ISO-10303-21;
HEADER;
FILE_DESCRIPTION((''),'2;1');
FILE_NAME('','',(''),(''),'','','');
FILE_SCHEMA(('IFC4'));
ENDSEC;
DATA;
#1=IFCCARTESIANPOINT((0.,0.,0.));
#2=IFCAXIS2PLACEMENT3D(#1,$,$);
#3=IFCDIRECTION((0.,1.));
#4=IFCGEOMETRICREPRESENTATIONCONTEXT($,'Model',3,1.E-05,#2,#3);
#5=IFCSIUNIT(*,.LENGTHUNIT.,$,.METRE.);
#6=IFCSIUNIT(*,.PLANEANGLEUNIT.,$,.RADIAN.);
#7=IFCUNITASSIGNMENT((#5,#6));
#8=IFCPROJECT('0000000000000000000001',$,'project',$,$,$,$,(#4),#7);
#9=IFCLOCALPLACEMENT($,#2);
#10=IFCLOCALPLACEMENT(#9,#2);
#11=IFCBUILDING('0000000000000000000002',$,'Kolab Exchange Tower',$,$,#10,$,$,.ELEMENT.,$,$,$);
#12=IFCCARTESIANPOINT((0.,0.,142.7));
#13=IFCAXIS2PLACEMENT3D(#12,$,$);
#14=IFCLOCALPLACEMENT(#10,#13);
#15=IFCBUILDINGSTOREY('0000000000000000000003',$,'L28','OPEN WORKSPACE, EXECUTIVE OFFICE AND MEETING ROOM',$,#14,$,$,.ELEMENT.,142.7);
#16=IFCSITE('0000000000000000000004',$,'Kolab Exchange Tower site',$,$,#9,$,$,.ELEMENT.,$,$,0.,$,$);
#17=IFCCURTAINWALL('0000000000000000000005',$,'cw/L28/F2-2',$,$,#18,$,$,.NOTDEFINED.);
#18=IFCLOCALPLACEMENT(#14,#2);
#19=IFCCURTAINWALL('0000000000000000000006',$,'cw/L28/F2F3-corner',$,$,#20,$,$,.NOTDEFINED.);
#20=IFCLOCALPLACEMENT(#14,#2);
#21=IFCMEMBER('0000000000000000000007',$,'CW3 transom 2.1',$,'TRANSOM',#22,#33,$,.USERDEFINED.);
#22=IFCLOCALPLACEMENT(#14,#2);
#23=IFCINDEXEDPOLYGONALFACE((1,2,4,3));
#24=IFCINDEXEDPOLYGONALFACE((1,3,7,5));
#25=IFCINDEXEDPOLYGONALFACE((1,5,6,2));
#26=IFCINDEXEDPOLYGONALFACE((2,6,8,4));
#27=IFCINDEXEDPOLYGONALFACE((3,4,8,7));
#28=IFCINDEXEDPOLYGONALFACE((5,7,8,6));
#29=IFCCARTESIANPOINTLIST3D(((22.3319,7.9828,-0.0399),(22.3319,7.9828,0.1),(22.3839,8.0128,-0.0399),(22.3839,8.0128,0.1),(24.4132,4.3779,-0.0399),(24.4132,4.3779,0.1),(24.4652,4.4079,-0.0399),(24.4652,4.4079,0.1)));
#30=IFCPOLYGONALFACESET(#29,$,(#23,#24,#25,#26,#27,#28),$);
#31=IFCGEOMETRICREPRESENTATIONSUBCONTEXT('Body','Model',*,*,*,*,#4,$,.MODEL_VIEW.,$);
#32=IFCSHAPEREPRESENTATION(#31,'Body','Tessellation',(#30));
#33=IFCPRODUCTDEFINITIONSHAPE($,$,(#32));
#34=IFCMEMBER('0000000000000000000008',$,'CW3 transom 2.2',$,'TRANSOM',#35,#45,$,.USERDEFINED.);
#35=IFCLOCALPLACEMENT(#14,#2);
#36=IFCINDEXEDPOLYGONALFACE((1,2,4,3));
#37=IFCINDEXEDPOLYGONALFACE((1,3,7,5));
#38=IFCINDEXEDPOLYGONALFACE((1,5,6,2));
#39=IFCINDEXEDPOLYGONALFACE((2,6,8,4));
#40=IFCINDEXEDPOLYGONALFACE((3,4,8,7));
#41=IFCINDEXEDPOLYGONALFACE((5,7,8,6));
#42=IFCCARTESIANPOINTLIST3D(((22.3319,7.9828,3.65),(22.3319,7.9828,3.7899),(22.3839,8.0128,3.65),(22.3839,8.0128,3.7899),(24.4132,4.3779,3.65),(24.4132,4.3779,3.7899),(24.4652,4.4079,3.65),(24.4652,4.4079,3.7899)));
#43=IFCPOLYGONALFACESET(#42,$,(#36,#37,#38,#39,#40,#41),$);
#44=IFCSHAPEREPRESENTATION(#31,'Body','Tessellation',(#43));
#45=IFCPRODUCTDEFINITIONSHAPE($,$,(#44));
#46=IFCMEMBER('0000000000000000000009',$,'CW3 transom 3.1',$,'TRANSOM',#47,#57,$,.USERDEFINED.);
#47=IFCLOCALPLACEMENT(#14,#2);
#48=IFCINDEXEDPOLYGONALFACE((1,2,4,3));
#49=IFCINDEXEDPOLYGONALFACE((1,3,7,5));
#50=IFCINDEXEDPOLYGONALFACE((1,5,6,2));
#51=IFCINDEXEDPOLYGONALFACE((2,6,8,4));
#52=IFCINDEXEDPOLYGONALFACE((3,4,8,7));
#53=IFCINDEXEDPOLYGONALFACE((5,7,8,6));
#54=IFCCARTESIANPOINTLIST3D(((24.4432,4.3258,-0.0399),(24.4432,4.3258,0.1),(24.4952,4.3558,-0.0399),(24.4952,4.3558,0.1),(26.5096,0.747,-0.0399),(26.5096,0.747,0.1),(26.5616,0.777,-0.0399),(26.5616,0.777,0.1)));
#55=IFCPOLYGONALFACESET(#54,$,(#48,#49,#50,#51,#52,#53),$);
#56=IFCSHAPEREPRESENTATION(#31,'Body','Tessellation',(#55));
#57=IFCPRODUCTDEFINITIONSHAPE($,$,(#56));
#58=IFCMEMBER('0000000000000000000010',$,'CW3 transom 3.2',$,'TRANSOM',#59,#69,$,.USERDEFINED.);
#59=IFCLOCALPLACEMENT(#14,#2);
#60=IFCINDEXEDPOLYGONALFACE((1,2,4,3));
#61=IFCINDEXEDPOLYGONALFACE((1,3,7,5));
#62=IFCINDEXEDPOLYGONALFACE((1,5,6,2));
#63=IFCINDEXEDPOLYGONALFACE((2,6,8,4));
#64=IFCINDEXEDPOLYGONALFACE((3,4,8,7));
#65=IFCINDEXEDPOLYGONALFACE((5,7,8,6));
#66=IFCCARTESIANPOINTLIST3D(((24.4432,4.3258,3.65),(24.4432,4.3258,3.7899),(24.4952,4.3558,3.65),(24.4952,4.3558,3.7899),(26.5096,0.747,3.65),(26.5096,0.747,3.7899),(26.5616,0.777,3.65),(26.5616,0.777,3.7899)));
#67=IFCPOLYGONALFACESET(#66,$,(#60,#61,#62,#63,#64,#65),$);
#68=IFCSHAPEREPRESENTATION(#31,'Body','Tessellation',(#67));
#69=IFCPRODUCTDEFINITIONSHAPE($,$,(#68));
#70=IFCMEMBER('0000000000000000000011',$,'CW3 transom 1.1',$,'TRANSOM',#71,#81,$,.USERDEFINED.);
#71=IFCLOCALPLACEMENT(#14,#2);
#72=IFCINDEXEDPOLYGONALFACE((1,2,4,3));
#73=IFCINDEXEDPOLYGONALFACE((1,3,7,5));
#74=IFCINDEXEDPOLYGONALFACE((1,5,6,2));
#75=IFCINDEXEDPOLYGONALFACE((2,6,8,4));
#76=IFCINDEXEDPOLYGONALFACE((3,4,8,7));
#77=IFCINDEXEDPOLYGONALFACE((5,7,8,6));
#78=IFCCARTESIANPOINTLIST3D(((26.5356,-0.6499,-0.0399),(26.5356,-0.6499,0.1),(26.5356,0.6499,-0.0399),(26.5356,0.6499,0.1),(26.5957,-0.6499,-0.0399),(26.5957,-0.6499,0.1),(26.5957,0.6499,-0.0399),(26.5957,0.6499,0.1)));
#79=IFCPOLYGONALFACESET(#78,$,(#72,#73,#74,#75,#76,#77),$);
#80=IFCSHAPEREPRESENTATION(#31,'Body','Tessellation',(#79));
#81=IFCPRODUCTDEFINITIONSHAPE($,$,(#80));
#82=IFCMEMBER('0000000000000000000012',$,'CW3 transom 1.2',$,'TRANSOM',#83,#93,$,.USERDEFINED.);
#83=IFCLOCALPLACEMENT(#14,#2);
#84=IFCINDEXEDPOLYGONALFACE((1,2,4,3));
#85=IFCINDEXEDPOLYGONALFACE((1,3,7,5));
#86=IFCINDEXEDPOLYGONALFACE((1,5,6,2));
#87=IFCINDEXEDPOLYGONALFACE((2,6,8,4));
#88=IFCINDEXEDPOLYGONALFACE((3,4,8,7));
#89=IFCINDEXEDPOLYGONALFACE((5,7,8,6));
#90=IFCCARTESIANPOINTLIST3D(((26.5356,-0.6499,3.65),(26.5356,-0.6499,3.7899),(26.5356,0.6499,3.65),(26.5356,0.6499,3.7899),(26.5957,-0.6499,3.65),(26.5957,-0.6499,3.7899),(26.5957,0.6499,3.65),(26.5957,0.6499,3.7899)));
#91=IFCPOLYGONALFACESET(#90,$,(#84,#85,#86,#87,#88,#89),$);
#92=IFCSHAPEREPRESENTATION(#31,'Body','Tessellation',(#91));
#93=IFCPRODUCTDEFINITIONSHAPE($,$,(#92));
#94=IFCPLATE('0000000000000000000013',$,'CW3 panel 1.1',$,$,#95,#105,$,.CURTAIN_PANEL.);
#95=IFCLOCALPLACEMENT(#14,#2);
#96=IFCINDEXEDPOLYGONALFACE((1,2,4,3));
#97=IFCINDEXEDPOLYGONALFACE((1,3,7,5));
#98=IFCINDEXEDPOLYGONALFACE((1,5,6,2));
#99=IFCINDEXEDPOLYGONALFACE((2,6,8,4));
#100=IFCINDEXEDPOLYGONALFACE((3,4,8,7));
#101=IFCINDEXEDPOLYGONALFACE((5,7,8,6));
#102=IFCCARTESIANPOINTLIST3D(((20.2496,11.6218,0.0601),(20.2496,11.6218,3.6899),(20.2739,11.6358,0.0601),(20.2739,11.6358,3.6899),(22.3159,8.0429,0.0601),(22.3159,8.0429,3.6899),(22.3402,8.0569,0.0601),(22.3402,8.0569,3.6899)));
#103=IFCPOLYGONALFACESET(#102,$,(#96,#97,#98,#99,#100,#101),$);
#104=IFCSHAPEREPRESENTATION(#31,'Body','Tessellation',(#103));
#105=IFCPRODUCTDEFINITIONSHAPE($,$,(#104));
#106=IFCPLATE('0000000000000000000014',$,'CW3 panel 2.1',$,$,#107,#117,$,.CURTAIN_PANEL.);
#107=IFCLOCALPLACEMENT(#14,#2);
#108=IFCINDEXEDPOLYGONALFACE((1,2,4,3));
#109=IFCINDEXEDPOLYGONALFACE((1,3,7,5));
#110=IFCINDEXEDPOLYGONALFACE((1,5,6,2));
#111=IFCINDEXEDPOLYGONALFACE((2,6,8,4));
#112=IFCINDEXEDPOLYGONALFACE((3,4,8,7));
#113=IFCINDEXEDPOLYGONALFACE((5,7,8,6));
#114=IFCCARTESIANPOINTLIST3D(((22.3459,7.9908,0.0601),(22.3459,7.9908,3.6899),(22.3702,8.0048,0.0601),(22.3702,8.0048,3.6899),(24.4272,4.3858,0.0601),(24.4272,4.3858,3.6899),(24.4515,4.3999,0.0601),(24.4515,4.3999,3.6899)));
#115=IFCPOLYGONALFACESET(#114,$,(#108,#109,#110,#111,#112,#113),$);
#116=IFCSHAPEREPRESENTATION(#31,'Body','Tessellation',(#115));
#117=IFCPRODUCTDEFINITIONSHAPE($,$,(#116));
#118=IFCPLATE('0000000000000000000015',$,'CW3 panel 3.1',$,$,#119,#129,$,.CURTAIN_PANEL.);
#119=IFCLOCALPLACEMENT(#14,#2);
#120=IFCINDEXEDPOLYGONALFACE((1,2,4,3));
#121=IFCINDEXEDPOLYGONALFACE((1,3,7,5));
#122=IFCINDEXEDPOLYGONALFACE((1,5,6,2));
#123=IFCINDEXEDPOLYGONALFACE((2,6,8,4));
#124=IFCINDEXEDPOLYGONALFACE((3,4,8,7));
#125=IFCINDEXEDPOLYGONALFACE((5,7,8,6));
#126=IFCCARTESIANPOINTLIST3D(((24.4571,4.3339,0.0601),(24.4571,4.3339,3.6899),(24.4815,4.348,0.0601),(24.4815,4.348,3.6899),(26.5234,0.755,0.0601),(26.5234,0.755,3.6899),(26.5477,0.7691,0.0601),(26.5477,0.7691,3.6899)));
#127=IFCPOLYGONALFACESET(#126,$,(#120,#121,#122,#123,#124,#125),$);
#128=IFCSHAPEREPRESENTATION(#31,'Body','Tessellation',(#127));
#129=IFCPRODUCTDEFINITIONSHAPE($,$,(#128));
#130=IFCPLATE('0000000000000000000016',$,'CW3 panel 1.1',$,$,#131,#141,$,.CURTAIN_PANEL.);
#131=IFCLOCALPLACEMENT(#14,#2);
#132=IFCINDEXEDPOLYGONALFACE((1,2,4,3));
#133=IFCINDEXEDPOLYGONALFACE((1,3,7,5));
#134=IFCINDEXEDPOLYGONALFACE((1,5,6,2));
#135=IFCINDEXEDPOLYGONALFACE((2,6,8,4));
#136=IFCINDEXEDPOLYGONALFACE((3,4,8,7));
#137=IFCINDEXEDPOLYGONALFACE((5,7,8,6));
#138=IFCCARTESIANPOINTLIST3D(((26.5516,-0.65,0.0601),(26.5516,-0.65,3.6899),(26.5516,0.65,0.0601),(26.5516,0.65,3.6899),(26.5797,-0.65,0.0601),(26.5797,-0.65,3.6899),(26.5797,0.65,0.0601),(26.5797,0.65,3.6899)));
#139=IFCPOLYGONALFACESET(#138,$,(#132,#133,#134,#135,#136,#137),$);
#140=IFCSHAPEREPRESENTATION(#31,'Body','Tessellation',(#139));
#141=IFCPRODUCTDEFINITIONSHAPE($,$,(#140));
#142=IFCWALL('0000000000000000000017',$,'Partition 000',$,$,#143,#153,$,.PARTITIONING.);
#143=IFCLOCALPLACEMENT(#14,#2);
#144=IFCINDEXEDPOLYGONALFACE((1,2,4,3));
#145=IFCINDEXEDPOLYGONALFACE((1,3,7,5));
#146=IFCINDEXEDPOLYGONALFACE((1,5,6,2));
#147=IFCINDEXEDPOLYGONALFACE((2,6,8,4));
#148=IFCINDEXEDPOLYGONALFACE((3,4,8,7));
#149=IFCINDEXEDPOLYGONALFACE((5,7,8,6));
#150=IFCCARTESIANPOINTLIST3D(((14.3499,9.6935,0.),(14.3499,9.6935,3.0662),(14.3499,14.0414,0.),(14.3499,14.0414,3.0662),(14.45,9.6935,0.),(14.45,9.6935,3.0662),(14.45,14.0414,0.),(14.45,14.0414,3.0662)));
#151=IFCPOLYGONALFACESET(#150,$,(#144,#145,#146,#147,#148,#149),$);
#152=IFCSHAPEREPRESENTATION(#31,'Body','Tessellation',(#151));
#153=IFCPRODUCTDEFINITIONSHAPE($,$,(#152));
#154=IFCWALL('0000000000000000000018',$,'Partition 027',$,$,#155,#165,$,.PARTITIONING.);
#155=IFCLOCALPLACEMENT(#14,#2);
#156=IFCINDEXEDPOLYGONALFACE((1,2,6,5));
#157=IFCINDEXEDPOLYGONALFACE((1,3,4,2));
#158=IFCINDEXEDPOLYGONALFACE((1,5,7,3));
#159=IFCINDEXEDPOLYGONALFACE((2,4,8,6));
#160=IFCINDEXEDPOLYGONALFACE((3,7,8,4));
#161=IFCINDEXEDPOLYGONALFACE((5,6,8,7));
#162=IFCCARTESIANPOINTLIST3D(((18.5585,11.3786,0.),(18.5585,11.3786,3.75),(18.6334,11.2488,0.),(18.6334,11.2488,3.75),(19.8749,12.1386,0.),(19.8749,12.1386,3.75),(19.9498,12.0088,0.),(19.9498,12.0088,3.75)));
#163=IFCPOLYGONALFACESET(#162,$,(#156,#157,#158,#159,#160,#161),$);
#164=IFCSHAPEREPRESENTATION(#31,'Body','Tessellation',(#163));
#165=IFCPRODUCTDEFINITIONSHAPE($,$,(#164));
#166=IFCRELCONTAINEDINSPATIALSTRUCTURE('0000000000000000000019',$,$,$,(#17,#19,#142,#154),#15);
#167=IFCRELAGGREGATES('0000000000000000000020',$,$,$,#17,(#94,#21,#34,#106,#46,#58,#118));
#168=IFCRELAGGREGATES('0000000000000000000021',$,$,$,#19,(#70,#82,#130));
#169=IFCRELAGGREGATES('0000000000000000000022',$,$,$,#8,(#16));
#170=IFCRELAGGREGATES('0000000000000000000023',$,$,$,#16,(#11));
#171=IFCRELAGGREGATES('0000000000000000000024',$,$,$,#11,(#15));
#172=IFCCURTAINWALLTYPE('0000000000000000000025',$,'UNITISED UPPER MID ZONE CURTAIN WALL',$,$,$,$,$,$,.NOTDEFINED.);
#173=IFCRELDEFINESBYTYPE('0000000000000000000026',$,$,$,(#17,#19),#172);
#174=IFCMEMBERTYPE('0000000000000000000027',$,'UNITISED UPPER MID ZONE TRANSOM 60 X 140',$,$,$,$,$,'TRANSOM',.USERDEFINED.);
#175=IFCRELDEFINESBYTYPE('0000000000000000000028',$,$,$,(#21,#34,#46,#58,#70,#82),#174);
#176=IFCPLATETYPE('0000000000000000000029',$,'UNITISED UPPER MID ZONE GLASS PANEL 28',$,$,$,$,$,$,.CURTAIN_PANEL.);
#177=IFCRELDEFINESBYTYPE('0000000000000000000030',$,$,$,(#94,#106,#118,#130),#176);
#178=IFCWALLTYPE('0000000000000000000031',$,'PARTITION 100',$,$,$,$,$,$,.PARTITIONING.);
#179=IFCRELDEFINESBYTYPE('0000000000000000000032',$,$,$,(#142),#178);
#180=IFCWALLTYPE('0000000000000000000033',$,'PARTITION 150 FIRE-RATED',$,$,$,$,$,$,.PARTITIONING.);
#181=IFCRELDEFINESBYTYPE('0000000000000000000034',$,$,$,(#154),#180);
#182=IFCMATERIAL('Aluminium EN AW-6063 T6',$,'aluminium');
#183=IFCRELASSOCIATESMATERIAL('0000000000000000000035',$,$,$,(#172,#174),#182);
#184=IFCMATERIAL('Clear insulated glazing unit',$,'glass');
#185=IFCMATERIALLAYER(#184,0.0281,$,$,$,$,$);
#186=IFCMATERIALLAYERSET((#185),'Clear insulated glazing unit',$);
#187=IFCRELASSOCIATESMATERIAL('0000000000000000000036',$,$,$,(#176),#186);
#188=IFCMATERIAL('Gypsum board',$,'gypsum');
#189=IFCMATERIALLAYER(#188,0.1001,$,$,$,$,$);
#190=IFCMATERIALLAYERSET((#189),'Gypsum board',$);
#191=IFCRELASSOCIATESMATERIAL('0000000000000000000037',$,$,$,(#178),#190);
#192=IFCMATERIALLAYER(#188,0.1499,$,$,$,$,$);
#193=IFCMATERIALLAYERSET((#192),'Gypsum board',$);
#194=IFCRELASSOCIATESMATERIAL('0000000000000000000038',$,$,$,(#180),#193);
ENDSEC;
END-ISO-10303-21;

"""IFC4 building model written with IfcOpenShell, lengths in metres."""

from ifc_helpers import new_model, si_unit, direction, frame, frame_2d, origin, origin_2d, place, context, subcontext, project, spatial, rectangle, extrude, material, layer, layer_set, material_profile, profile_set, type_object, element, aggregate, save


model = new_model("IFC4")

# Units and contexts
model_context = context("Model", 3, precision=1e-05, world=origin(), true_north=direction((0.0, 1.0)))
body_context = subcontext(model_context, "Body", "Model", "MODEL_VIEW")
ifc_project = project(units=[si_unit("LENGTHUNIT", "METRE"), si_unit("PLANEANGLEUNIT", "RADIAN")], contexts=[model_context])

# Site, building, storey
site_placement = place(None, origin())
site = spatial("IfcSite", under=ifc_project, at=site_placement, Name="Kolab Exchange Tower site", CompositionType="ELEMENT", RefElevation=0.0)
building_placement = place(site_placement, origin())
building = spatial("IfcBuilding", under=site, at=building_placement, Name="Kolab Exchange Tower", CompositionType="ELEMENT")
storey_placement = place(building_placement, frame((0.0, 0.0, 142.7)))
storey = spatial("IfcBuildingStorey", under=building, at=storey_placement, Name="L28", Description="OPEN WORKSPACE, EXECUTIVE OFFICE AND MEETING ROOM", CompositionType="ELEMENT", Elevation=142.7)

# Curtain wall
ifc_material_1 = material(Name="Aluminium EN AW-6063 T6", Category="aluminium")
curtain_wall_type = type_object("IfcCurtainWallType", Name="UNITISED UPPER MID ZONE CURTAIN WALL", PredefinedType="NOTDEFINED", material=ifc_material_1)
curtain_wall_1_placement = place(storey_placement, origin())
curtain_wall_1 = element("IfcCurtainWall", 1, at=curtain_wall_1_placement, inside=storey, type_object=curtain_wall_type, Name="cw/L28/F2-2", PredefinedType="NOTDEFINED")

# Curtain wall
curtain_wall_2_placement = place(storey_placement, origin())
curtain_wall_2 = element("IfcCurtainWall", 2, at=curtain_wall_2_placement, inside=storey, type_object=curtain_wall_type, Name="cw/L28/F2F3-corner", PredefinedType="NOTDEFINED")

# Members
ifc_material_profile_1 = material_profile(ifc_material_1, rectangle(XDim=0.0601, YDim=0.1399, at=origin_2d()), Name="RECT 60X140")
ifc_profile_set_1 = profile_set([ifc_material_profile_1], Name="Aluminium EN AW-6063 T6")
member_type_1 = type_object("IfcMemberType", Name="UNITISED UPPER MID ZONE TRANSOM 60 X 140", ElementType="TRANSOM", PredefinedType="USERDEFINED", material=ifc_profile_set_1)
member_1_placement = place(storey_placement, frame((22.3579, 7.9978, 0.03), z_axis=(0.499993, -0.866029, 0.0), x_axis=(0.866029, 0.499993, 0.0)))
member_1 = element("IfcMember", 3, at=member_1_placement, type_object=member_type_1, Name="CW3 transom 2.1", ObjectType="TRANSOM", PredefinedType="USERDEFINED", context=body_context, shape_type="SweptSolid", body=[
    extrude(rectangle(XDim=0.0601, YDim=0.1399, at=origin_2d()), origin(), (0.0, 0.0, 1.0), 4.1626),
])
member_2_placement = place(storey_placement, frame((22.3579, 7.9978, 3.72), z_axis=(0.499993, -0.866029, 0.0), x_axis=(0.866029, 0.499993, 0.0)))
member_2 = element("IfcMember", 4, at=member_2_placement, type_object=member_type_1, Name="CW3 transom 2.2", ObjectType="TRANSOM", PredefinedType="USERDEFINED", context=body_context, shape_type="SweptSolid", body=[
    extrude(rectangle(XDim=0.0601, YDim=0.1399, at=origin_2d()), origin(), (0.0, 0.0, 1.0), 4.1626),
])
member_3_placement = place(storey_placement, frame((24.4692, 4.3408, 0.03), z_axis=(0.500028, -0.866009, 0.0), x_axis=(0.866009, 0.500028, 0.0)))
member_3 = element("IfcMember", 5, at=member_3_placement, type_object=member_type_1, Name="CW3 transom 3.1", ObjectType="TRANSOM", PredefinedType="USERDEFINED", context=body_context, shape_type="SweptSolid", body=[
    extrude(rectangle(XDim=0.0601, YDim=0.1399, at=origin_2d()), origin(), (0.0, 0.0, 1.0), 4.1326),
])
member_4_placement = place(storey_placement, frame((24.4692, 4.3408, 3.72), z_axis=(0.500028, -0.866009, 0.0), x_axis=(0.866009, 0.500028, 0.0)))
member_4 = element("IfcMember", 6, at=member_4_placement, type_object=member_type_1, Name="CW3 transom 3.2", ObjectType="TRANSOM", PredefinedType="USERDEFINED", context=body_context, shape_type="SweptSolid", body=[
    extrude(rectangle(XDim=0.0601, YDim=0.1399, at=origin_2d()), origin(), (0.0, 0.0, 1.0), 4.1326),
])
member_5_placement = place(storey_placement, frame((26.5657, 0.6499, 0.03), z_axis=(0.0, -1.0, 0.0), x_axis=(1.0, 0.0, 0.0)))
member_5 = element("IfcMember", 7, at=member_5_placement, type_object=member_type_1, Name="CW3 transom 1.1", ObjectType="TRANSOM", PredefinedType="USERDEFINED", context=body_context, shape_type="SweptSolid", body=[
    extrude(rectangle(XDim=0.0601, YDim=0.1399, at=origin_2d()), origin(), (0.0, 0.0, 1.0), 1.2998),
])
member_6_placement = place(storey_placement, frame((26.5657, 0.6499, 3.72), z_axis=(0.0, -1.0, 0.0), x_axis=(1.0, 0.0, 0.0)))
member_6 = element("IfcMember", 8, at=member_6_placement, type_object=member_type_1, Name="CW3 transom 1.2", ObjectType="TRANSOM", PredefinedType="USERDEFINED", context=body_context, shape_type="SweptSolid", body=[
    extrude(rectangle(XDim=0.0601, YDim=0.1399, at=origin_2d()), origin(), (0.0, 0.0, 1.0), 1.2998),
])

# Plates
ifc_material_2 = material(Name="Clear insulated glazing unit", Category="glass")
ifc_layer_1 = layer(ifc_material_2, 0.0281)
ifc_layer_set_1 = layer_set([ifc_layer_1], Name="Clear insulated glazing unit")
plate_type = type_object("IfcPlateType", Name="UNITISED UPPER MID ZONE GLASS PANEL 28", PredefinedType="CURTAIN_PANEL", material=ifc_layer_set_1)
plate_1_placement = place(storey_placement, frame((21.2949, 9.8394, 0.0601), z_axis=(0.0, 0.0, 1.0), x_axis=(0.5, -0.866025, 0.0)))
plate_1 = element("IfcPlate", 9, at=plate_1_placement, type_object=plate_type, Name="CW3 panel 1.1", PredefinedType="CURTAIN_PANEL", context=body_context, shape_type="SweptSolid", body=[
    extrude(rectangle(XDim=4.1326, YDim=0.0281, at=origin_2d()), origin(), (0.0, 0.0, 1.0), 3.6299),
])
plate_2_placement = place(storey_placement, frame((23.3987, 6.1953, 0.0601), z_axis=(0.0, 0.0, 1.0), x_axis=(0.5, -0.866025, 0.0)))
plate_2 = element("IfcPlate", 10, at=plate_2_placement, type_object=plate_type, Name="CW3 panel 2.1", PredefinedType="CURTAIN_PANEL", context=body_context, shape_type="SweptSolid", body=[
    extrude(rectangle(XDim=4.1626, YDim=0.0281, at=origin_2d()), origin(), (0.0, 0.0, 1.0), 3.6299),
])
plate_3_placement = place(storey_placement, frame((25.5024, 2.5515, 0.0601), z_axis=(0.0, 0.0, 1.0), x_axis=(0.5, -0.866025, 0.0)))
plate_3 = element("IfcPlate", 11, at=plate_3_placement, type_object=plate_type, Name="CW3 panel 3.1", PredefinedType="CURTAIN_PANEL", context=body_context, shape_type="SweptSolid", body=[
    extrude(rectangle(XDim=4.1326, YDim=0.0281, at=origin_2d()), origin(), (0.0, 0.0, 1.0), 3.6299),
])
aggregate(curtain_wall_1, [plate_1, member_1, member_2, plate_2, member_3, member_4, plate_3])
plate_4_placement = place(storey_placement, frame((26.5657, 0.0, 0.0601), z_axis=(0.0, 0.0, 1.0), x_axis=(0.0, -1.0, 0.0)))
plate_4 = element("IfcPlate", 12, at=plate_4_placement, type_object=plate_type, Name="CW3 panel 1.1", PredefinedType="CURTAIN_PANEL", context=body_context, shape_type="SweptSolid", body=[
    extrude(rectangle(XDim=1.3, YDim=0.0281, at=origin_2d()), origin(), (0.0, 0.0, 1.0), 3.6299),
])
aggregate(curtain_wall_2, [member_5, member_6, plate_4])

# Walls
ifc_material_3 = material(Name="Gypsum board", Category="gypsum")
ifc_layer_2 = layer(ifc_material_3, 0.1001)
ifc_layer_set_2 = layer_set([ifc_layer_2], Name="Gypsum board")
wall_type_1 = type_object("IfcWallType", Name="PARTITION 100", PredefinedType="PARTITIONING", material=ifc_layer_set_2)
wall_1_placement = place(storey_placement, frame((14.3999, 9.6936, 0.0), z_axis=(0.0, 0.0, 1.0), x_axis=(0.0, 1.0, 0.0)))
element("IfcWall", 13, at=wall_1_placement, inside=storey, type_object=wall_type_1, Name="Partition 000", PredefinedType="PARTITIONING", context=body_context, shape_type="SweptSolid", body=[
    extrude(rectangle(XDim=4.3479, YDim=0.1001, at=frame_2d((2.1738, 0.0))), origin(), (0.0, 0.0, 1.0), 3.0662),
])
ifc_layer_3 = layer(ifc_material_3, 0.1499)
ifc_layer_set_3 = layer_set([ifc_layer_3], Name="Gypsum board")
wall_type_2 = type_object("IfcWallType", Name="PARTITION 150 FIRE-RATED", PredefinedType="PARTITIONING", material=ifc_layer_set_3)
wall_2_placement = place(storey_placement, frame((18.5959, 11.3137, 0.0), z_axis=(0.0, 0.0, 1.0), x_axis=(0.86603, 0.499991, 0.0)))
element("IfcWall", 14, at=wall_2_placement, inside=storey, type_object=wall_type_2, Name="Partition 027", PredefinedType="PARTITIONING", context=body_context, shape_type="SweptSolid", body=[
    extrude(rectangle(XDim=1.52, YDim=0.1499, at=frame_2d((0.76, 0.0))), origin(), (0.0, 0.0, 1.0), 3.75),
])

save(model, "model.ifc")
